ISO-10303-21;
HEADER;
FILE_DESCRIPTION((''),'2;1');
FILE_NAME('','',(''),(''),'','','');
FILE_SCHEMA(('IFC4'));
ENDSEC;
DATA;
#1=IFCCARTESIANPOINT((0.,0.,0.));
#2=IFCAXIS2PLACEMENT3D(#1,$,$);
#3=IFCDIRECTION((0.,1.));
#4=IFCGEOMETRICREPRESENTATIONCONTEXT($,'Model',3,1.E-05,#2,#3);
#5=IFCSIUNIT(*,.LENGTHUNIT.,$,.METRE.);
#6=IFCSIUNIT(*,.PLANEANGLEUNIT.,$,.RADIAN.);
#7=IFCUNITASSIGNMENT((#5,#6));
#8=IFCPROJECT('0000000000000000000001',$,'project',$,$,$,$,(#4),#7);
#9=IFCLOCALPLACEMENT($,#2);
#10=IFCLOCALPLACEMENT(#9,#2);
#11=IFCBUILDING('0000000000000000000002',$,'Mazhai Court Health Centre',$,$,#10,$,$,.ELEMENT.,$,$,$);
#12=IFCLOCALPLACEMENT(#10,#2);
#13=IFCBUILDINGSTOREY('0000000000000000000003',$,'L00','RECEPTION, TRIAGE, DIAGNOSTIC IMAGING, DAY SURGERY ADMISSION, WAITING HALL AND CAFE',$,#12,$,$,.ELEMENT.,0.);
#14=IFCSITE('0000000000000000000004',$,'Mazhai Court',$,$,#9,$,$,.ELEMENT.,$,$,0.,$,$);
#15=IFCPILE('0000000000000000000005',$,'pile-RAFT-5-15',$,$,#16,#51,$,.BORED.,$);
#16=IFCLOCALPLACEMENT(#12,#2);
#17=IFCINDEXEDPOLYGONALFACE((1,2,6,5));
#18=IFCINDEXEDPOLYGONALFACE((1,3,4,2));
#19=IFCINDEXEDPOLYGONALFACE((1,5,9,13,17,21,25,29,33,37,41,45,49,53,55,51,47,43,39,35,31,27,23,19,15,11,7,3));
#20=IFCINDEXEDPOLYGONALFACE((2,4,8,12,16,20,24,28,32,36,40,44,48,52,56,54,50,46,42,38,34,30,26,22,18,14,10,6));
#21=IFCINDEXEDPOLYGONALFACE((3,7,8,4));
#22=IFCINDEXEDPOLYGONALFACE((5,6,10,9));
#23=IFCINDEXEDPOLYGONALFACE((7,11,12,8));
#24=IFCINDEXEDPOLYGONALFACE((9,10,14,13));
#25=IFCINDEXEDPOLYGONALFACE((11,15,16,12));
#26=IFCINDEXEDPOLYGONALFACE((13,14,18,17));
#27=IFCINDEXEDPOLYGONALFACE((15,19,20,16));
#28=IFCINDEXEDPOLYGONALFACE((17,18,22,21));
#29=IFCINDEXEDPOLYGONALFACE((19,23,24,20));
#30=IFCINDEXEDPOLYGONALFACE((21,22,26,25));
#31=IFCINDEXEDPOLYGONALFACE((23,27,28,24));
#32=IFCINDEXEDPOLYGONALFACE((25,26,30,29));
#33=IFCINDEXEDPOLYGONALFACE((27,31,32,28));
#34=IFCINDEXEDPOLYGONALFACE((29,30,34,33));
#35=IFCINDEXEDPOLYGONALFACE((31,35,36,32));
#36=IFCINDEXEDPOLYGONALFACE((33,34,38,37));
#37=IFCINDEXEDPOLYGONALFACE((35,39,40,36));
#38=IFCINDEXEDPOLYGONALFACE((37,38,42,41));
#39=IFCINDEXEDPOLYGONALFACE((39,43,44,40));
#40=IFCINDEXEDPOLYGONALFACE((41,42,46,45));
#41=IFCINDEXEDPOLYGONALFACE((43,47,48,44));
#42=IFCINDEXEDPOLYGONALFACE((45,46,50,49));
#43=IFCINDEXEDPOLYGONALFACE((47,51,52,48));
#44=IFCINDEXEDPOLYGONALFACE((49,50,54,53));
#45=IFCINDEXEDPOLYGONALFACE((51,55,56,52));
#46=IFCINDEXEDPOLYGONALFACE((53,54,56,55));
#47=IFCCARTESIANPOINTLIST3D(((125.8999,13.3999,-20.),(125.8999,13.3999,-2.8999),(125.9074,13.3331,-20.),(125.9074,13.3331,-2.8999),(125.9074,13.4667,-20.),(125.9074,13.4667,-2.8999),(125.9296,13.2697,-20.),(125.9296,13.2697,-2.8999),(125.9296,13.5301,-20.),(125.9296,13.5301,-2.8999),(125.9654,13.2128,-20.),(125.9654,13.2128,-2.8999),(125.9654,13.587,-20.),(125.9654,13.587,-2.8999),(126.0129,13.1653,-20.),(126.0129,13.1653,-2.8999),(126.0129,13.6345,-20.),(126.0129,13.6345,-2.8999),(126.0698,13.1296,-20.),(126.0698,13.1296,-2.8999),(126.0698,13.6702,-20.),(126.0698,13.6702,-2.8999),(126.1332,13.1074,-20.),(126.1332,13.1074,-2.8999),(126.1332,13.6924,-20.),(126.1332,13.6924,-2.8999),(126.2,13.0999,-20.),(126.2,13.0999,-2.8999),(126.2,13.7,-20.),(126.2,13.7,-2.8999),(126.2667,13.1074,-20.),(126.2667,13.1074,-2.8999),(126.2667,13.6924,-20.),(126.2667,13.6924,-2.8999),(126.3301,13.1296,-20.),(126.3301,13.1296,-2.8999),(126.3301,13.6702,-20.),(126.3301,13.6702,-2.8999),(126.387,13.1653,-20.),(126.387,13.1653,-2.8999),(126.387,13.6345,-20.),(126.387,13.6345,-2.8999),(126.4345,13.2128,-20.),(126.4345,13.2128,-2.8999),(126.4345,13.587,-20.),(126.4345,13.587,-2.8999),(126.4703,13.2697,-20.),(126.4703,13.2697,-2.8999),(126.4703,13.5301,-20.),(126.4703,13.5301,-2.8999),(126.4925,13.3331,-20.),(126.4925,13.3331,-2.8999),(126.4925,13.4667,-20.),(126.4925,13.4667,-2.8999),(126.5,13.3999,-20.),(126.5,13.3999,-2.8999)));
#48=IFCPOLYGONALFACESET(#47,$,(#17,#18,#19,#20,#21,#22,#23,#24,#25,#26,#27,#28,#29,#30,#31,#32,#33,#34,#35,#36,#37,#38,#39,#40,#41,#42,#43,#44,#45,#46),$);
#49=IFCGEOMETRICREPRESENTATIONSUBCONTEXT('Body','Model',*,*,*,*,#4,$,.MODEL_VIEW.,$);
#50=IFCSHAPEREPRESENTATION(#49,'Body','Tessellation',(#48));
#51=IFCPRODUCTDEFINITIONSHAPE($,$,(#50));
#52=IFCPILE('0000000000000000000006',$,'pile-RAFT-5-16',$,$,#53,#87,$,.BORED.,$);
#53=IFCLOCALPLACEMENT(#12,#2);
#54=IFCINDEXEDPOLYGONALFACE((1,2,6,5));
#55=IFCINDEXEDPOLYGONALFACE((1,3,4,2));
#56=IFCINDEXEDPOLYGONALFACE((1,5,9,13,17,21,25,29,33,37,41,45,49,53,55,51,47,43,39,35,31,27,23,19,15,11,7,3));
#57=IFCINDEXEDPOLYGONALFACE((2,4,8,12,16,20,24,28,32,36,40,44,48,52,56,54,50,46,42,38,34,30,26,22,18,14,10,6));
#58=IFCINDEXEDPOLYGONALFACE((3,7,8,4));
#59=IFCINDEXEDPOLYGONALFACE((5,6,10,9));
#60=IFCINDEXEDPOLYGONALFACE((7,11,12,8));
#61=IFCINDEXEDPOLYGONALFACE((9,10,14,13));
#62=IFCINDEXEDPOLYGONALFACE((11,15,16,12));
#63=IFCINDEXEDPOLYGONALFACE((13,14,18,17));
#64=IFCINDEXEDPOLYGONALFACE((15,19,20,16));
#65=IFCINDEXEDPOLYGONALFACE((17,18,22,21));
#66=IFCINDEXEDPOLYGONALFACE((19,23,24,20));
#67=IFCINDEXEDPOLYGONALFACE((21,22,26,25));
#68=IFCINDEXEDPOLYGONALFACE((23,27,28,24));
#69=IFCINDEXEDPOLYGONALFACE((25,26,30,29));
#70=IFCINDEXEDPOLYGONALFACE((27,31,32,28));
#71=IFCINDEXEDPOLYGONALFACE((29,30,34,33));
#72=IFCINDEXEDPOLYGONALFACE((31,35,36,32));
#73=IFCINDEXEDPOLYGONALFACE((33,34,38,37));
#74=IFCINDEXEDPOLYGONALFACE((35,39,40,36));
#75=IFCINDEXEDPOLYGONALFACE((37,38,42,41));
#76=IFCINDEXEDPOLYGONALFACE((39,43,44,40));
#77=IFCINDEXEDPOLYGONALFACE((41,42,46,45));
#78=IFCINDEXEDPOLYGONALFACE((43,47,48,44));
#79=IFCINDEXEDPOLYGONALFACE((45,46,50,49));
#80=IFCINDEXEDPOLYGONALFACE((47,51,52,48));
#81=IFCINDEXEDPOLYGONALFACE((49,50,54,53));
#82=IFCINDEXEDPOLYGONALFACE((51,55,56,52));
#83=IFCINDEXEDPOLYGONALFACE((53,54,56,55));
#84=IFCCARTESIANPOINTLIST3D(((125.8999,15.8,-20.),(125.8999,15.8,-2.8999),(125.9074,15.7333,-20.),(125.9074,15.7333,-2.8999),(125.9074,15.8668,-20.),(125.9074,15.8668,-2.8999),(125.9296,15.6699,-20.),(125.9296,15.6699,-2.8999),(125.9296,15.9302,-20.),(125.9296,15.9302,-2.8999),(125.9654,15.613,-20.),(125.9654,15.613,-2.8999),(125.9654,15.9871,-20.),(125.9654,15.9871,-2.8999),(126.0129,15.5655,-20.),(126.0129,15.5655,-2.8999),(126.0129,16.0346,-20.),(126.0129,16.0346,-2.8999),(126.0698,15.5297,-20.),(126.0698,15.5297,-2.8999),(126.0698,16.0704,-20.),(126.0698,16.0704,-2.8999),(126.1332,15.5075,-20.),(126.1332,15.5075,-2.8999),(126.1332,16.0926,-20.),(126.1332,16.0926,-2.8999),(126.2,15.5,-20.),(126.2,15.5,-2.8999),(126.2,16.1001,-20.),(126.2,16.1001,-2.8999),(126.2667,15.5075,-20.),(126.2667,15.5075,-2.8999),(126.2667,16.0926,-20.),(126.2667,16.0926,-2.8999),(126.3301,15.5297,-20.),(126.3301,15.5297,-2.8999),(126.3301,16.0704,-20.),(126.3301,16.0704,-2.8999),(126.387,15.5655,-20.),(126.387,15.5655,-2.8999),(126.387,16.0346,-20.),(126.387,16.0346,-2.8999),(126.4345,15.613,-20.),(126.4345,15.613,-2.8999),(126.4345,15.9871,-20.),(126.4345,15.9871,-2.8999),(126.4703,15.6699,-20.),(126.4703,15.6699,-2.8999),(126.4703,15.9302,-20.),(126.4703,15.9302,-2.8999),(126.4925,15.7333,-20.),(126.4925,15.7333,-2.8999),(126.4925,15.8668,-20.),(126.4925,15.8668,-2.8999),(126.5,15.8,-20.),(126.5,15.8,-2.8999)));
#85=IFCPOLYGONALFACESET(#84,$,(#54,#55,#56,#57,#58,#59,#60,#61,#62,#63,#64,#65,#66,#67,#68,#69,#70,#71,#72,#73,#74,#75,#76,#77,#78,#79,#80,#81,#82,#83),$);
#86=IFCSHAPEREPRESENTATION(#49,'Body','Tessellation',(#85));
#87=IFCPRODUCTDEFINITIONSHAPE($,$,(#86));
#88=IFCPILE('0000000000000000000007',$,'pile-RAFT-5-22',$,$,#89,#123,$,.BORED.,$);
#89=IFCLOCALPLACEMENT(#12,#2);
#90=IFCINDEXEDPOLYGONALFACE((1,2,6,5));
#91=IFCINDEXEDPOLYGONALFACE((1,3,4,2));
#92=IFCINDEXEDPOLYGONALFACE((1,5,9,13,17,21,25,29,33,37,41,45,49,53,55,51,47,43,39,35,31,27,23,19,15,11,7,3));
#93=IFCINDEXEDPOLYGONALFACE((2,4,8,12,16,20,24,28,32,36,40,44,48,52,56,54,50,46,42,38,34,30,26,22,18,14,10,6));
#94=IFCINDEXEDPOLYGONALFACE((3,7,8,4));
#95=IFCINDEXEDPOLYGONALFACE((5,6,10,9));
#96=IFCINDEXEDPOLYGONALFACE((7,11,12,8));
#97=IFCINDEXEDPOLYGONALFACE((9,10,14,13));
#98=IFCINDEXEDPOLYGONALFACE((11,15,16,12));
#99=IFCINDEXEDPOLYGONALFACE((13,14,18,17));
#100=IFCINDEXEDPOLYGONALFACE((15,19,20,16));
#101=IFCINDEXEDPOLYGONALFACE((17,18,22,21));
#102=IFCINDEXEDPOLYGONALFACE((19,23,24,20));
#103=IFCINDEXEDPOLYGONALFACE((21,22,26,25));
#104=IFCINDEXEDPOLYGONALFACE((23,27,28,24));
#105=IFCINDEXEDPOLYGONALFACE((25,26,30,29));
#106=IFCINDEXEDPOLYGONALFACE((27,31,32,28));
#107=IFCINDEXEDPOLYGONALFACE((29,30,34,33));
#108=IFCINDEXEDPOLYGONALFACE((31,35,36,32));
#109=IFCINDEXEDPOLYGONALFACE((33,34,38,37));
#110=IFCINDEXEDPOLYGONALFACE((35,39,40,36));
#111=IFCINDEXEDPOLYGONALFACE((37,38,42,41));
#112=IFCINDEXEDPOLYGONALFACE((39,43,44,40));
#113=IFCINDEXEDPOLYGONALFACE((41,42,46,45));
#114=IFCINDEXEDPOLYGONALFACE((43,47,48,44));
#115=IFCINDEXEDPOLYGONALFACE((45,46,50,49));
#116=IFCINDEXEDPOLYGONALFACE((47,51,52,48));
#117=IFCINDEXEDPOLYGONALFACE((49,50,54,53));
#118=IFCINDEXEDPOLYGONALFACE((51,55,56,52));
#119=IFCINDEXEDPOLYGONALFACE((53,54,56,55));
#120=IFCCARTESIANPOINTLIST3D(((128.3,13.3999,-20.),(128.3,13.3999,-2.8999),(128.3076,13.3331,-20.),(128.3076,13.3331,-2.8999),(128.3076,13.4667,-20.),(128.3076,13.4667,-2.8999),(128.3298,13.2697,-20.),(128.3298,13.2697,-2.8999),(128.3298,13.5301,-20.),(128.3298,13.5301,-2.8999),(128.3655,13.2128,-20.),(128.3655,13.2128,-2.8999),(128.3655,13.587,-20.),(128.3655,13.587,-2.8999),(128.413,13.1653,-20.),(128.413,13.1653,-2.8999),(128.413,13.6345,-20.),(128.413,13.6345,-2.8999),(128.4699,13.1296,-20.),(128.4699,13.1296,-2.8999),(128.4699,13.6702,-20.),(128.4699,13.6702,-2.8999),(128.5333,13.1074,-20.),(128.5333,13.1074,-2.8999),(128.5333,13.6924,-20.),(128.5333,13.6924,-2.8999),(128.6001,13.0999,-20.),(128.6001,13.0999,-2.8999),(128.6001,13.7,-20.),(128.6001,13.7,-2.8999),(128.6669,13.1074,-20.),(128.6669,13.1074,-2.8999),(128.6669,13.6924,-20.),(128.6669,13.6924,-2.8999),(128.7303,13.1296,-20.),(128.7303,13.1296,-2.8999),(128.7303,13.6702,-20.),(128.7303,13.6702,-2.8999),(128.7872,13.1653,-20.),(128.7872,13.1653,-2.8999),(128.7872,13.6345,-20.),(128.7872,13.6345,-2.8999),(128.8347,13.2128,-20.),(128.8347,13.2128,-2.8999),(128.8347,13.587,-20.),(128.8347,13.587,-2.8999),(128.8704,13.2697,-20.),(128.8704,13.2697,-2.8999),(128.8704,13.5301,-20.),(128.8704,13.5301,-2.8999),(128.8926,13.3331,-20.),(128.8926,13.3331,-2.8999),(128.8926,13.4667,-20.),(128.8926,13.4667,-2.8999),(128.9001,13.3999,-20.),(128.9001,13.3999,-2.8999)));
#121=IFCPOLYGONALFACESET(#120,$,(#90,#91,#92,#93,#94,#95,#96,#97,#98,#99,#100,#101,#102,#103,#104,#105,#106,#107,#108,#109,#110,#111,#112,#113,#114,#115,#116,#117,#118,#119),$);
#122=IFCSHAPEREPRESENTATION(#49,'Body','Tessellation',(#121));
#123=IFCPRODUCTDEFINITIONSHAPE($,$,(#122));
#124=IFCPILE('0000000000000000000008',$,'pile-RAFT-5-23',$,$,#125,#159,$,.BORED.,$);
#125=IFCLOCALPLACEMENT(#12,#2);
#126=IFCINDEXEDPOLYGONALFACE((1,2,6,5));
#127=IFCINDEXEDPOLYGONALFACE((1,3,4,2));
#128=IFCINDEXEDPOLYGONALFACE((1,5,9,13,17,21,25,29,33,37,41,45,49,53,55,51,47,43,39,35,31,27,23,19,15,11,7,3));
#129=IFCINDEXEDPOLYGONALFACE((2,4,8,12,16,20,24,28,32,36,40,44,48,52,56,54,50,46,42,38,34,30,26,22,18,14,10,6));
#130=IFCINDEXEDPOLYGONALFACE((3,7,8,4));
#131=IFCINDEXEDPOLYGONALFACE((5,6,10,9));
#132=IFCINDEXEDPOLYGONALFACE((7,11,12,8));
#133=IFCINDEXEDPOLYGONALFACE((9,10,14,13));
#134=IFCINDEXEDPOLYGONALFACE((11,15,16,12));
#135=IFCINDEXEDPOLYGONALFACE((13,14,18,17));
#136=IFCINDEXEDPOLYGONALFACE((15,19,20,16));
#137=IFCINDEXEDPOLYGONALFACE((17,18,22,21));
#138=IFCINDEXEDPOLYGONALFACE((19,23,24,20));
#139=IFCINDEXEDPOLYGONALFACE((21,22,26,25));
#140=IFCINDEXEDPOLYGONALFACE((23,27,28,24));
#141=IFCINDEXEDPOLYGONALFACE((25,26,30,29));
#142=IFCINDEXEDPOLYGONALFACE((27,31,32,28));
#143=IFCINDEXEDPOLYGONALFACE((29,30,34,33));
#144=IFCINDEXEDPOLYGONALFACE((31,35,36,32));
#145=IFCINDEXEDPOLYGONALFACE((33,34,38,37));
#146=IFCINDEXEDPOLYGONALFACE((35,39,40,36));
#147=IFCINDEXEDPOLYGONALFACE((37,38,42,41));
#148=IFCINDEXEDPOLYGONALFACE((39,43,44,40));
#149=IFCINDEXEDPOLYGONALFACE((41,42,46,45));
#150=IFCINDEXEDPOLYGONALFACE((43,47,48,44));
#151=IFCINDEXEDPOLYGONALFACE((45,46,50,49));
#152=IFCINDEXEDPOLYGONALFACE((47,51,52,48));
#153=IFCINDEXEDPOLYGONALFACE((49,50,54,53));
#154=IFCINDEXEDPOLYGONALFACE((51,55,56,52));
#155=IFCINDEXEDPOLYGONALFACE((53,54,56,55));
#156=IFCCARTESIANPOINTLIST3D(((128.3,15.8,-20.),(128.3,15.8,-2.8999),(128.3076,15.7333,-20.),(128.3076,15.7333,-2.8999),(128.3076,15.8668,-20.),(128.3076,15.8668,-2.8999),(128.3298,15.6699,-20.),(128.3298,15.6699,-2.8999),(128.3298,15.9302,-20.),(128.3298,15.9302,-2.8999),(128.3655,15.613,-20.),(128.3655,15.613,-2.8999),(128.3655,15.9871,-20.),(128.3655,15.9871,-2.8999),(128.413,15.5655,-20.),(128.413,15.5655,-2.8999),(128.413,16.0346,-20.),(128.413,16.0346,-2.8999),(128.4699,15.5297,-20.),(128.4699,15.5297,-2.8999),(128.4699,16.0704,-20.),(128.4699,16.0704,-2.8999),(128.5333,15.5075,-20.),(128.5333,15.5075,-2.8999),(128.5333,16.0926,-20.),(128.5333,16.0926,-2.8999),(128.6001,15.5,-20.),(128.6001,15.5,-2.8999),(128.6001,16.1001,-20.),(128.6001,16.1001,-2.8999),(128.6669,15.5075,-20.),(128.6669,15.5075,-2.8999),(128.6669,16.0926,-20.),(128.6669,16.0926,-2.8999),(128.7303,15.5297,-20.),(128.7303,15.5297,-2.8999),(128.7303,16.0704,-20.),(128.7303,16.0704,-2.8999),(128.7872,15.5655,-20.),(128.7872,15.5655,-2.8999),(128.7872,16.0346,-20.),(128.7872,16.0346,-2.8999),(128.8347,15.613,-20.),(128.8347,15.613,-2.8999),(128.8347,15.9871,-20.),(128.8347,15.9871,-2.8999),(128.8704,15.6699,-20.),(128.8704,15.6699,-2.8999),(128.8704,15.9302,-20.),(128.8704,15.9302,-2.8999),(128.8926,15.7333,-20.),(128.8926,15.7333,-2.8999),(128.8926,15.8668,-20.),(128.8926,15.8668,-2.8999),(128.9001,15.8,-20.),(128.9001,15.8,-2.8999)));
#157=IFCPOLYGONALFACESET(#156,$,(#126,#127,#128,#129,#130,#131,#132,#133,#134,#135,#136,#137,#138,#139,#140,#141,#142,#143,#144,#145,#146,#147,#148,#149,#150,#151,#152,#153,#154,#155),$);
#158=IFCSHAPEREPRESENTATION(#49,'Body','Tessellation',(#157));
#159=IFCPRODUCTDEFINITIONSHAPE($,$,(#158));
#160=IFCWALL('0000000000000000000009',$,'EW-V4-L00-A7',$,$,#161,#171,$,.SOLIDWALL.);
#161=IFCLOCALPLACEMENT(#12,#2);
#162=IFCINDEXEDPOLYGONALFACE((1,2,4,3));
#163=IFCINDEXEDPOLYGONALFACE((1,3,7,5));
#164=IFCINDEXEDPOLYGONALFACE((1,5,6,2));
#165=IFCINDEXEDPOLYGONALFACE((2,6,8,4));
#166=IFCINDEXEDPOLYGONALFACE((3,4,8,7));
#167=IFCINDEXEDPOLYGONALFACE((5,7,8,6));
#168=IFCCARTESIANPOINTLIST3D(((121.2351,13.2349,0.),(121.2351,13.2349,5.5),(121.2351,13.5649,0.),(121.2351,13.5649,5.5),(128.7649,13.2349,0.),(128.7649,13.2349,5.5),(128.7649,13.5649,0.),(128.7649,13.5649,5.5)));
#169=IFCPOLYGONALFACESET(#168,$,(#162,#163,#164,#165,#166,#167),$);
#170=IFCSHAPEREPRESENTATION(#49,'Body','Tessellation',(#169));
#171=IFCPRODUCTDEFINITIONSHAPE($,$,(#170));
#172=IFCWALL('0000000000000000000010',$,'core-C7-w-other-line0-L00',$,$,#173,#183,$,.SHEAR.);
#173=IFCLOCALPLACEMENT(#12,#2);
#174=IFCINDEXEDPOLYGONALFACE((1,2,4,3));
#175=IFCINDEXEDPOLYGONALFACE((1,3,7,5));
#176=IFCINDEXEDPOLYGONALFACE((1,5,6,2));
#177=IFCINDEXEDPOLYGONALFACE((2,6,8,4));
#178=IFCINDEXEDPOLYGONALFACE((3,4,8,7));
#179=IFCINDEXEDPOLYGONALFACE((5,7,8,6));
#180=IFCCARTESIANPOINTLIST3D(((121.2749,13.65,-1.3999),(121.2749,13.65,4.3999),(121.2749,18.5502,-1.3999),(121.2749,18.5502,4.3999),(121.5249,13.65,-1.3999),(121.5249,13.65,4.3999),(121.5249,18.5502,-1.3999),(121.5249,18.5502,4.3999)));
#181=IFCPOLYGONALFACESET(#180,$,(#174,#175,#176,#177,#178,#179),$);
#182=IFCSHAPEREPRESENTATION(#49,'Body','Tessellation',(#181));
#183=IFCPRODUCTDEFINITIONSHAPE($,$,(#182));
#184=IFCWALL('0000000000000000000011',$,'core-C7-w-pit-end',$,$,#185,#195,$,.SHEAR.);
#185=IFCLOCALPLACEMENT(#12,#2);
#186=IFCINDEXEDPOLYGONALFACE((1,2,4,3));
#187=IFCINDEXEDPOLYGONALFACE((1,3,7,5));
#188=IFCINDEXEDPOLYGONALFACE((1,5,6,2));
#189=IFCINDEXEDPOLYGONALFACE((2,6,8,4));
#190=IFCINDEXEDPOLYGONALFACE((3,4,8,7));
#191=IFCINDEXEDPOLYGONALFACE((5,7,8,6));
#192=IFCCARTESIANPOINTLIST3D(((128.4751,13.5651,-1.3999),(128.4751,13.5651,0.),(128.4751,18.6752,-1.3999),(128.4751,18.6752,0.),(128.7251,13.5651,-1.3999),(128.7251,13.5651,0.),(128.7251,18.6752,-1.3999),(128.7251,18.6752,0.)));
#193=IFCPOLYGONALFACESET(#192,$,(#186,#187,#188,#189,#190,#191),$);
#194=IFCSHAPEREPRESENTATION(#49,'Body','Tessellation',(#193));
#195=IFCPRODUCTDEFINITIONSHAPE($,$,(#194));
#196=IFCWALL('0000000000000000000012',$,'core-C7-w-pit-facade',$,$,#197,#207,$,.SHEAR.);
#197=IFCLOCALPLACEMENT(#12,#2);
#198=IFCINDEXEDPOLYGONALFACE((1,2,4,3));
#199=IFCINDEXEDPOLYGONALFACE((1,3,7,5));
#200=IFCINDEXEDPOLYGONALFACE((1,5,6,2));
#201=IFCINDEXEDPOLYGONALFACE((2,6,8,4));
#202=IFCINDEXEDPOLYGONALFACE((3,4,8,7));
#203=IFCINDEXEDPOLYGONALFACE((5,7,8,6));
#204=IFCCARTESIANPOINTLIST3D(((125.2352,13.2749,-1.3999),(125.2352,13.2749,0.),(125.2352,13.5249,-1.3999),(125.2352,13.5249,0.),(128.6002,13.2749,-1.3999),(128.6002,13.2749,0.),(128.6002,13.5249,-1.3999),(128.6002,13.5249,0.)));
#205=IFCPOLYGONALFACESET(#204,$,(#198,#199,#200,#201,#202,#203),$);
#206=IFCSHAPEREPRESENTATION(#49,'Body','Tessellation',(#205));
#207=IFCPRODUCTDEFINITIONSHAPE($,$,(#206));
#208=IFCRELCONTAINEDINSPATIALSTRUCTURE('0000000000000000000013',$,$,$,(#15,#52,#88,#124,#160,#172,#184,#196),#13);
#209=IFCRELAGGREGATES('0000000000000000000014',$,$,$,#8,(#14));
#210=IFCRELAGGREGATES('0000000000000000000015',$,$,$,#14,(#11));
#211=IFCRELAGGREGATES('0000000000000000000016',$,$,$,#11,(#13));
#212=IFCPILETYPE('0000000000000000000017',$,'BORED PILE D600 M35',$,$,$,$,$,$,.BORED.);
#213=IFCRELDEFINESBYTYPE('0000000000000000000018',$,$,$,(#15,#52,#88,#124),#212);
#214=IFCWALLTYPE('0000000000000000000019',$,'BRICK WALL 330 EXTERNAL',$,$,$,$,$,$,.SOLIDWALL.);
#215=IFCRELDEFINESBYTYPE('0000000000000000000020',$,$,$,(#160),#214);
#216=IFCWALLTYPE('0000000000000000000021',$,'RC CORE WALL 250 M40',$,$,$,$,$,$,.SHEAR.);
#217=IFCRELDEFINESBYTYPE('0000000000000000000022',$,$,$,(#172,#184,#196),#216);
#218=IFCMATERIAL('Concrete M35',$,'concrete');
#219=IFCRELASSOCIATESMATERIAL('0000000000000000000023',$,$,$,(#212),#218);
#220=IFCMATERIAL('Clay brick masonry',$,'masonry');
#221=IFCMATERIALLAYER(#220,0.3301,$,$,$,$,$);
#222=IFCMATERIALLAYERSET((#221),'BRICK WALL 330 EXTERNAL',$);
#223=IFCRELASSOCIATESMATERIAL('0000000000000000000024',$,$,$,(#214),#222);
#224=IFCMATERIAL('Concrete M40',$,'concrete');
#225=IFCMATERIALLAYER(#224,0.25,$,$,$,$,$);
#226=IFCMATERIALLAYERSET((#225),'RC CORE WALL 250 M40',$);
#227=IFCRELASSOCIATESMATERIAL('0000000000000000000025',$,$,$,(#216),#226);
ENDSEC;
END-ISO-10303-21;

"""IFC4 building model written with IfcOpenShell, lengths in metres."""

from ifc_helpers import new_model, si_unit, direction, frame, frame_2d, origin, origin_2d, place, context, subcontext, project, spatial, rectangle, circle, extrude, material, layer, layer_set, material_profile, profile_set, type_object, element, save


model = new_model("IFC4")

# Units and contexts
model_context = context("Model", 3, precision=1e-05, world=origin(), true_north=direction((0.0, 1.0)))
body_context = subcontext(model_context, "Body", "Model", "MODEL_VIEW")
ifc_project = project(units=[si_unit("LENGTHUNIT", "METRE"), si_unit("PLANEANGLEUNIT", "RADIAN")], contexts=[model_context])

# Site, building, storey
site_placement = place(None, origin())
site = spatial("IfcSite", under=ifc_project, at=site_placement, Name="Mazhai Court", CompositionType="ELEMENT", RefElevation=0.0)
building_placement = place(site_placement, origin())
building = spatial("IfcBuilding", under=site, at=building_placement, Name="Mazhai Court Health Centre", CompositionType="ELEMENT")
storey_placement = place(building_placement, origin())
storey = spatial("IfcBuildingStorey", under=building, at=storey_placement, Name="L00", Description="RECEPTION, TRIAGE, DIAGNOSTIC IMAGING, DAY SURGERY ADMISSION, WAITING HALL AND CAFE", CompositionType="ELEMENT", Elevation=0.0)

# Piles
ifc_material_1 = material(Name="Concrete M35", Category="concrete")
ifc_material_profile = material_profile(ifc_material_1, circle(Radius=0.3, at=origin_2d()), Name="RC PILE D600")
ifc_profile_set = profile_set([ifc_material_profile], Name="Concrete M35")
pile_type = type_object("IfcPileType", Name="BORED PILE D600 M35", PredefinedType="BORED", material=ifc_profile_set)
for number, where, z_axis, x_axis, name in (
    (1, (126.2, 13.3999, -2.8999), (0.0, 0.0, -1.0), (1.0, 0.0, 0.0), "pile-RAFT-5-15"),
    (2, (126.2, 15.8, -2.8999), (0.0, 0.0, -1.0), (1.0, 0.0, 0.0), "pile-RAFT-5-16"),
    (3, (128.6001, 13.3999, -2.8999), (0.0, 0.0, -1.0), (1.0, 0.0, 0.0), "pile-RAFT-5-22"),
    (4, (128.6001, 15.8, -2.8999), (0.0, 0.0, -1.0), (1.0, 0.0, 0.0), "pile-RAFT-5-23"),
):
    element("IfcPile", number, at=place(storey_placement, frame(where, z_axis=z_axis, x_axis=x_axis)), inside=storey, type_object=pile_type, Name=name, PredefinedType="BORED", context=body_context, shape_type="SweptSolid", body=[
        extrude(circle(Radius=0.3, at=origin_2d()), origin(), (0.0, 0.0, 1.0), 17.1001),
    ])

# Walls
ifc_material_2 = material(Name="Clay brick masonry", Category="masonry")
ifc_layer_1 = layer(ifc_material_2, 0.3301)
ifc_layer_set_1 = layer_set([ifc_layer_1], Name="BRICK WALL 330 EXTERNAL")
wall_type_1 = type_object("IfcWallType", Name="BRICK WALL 330 EXTERNAL", PredefinedType="SOLIDWALL", material=ifc_layer_set_1)
wall_1_placement = place(storey_placement, frame((121.2351, 13.3999, 0.0), z_axis=(0.0, 0.0, 1.0), x_axis=(1.0, 0.0, 0.0)))
element("IfcWall", 5, at=wall_1_placement, inside=storey, type_object=wall_type_1, Name="EW-V4-L00-A7", PredefinedType="SOLIDWALL", context=body_context, shape_type="SweptSolid", body=[
    extrude(rectangle(XDim=7.5298, YDim=0.3301, at=frame_2d((3.7649, 0.0))), origin(), (0.0, 0.0, 1.0), 5.5),
])
ifc_material_3 = material(Name="Concrete M40", Category="concrete")
ifc_layer_2 = layer(ifc_material_3, 0.25)
ifc_layer_set_2 = layer_set([ifc_layer_2], Name="RC CORE WALL 250 M40")
wall_type_2 = type_object("IfcWallType", Name="RC CORE WALL 250 M40", PredefinedType="SHEAR", material=ifc_layer_set_2)
wall_2_placement = place(storey_placement, frame((121.3999, 13.6499, -1.3999), z_axis=(0.0, 0.0, 1.0), x_axis=(0.0, 1.0, 0.0)))
element("IfcWall", 6, at=wall_2_placement, inside=storey, type_object=wall_type_2, Name="core-C7-w-other-line0-L00", PredefinedType="SHEAR", context=body_context, shape_type="SweptSolid", body=[
    extrude(rectangle(XDim=4.9001, YDim=0.25, at=frame_2d((2.4502, 0.0))), origin(), (0.0, 0.0, 1.0), 5.7998),
])
wall_3_placement = place(storey_placement, frame((128.6001, 13.5649, -1.3999), z_axis=(0.0, 0.0, 1.0), x_axis=(0.0, 1.0, 0.0)))
element("IfcWall", 7, at=wall_3_placement, inside=storey, type_object=wall_type_2, Name="core-C7-w-pit-end", PredefinedType="SHEAR", context=body_context, shape_type="SweptSolid", body=[
    extrude(rectangle(XDim=5.1101, YDim=0.25, at=frame_2d((2.5552, 0.0))), origin(), (0.0, 0.0, 1.0), 1.3999),
])
wall_4_placement = place(storey_placement, frame((125.2351, 13.3999, -1.3999), z_axis=(0.0, 0.0, 1.0), x_axis=(1.0, 0.0, 0.0)))
element("IfcWall", 8, at=wall_4_placement, inside=storey, type_object=wall_type_2, Name="core-C7-w-pit-facade", PredefinedType="SHEAR", context=body_context, shape_type="SweptSolid", body=[
    extrude(rectangle(XDim=3.365, YDim=0.25, at=frame_2d((1.6826, 0.0))), origin(), (0.0, 0.0, 1.0), 1.3999),
])

save(model, "model.ifc")
